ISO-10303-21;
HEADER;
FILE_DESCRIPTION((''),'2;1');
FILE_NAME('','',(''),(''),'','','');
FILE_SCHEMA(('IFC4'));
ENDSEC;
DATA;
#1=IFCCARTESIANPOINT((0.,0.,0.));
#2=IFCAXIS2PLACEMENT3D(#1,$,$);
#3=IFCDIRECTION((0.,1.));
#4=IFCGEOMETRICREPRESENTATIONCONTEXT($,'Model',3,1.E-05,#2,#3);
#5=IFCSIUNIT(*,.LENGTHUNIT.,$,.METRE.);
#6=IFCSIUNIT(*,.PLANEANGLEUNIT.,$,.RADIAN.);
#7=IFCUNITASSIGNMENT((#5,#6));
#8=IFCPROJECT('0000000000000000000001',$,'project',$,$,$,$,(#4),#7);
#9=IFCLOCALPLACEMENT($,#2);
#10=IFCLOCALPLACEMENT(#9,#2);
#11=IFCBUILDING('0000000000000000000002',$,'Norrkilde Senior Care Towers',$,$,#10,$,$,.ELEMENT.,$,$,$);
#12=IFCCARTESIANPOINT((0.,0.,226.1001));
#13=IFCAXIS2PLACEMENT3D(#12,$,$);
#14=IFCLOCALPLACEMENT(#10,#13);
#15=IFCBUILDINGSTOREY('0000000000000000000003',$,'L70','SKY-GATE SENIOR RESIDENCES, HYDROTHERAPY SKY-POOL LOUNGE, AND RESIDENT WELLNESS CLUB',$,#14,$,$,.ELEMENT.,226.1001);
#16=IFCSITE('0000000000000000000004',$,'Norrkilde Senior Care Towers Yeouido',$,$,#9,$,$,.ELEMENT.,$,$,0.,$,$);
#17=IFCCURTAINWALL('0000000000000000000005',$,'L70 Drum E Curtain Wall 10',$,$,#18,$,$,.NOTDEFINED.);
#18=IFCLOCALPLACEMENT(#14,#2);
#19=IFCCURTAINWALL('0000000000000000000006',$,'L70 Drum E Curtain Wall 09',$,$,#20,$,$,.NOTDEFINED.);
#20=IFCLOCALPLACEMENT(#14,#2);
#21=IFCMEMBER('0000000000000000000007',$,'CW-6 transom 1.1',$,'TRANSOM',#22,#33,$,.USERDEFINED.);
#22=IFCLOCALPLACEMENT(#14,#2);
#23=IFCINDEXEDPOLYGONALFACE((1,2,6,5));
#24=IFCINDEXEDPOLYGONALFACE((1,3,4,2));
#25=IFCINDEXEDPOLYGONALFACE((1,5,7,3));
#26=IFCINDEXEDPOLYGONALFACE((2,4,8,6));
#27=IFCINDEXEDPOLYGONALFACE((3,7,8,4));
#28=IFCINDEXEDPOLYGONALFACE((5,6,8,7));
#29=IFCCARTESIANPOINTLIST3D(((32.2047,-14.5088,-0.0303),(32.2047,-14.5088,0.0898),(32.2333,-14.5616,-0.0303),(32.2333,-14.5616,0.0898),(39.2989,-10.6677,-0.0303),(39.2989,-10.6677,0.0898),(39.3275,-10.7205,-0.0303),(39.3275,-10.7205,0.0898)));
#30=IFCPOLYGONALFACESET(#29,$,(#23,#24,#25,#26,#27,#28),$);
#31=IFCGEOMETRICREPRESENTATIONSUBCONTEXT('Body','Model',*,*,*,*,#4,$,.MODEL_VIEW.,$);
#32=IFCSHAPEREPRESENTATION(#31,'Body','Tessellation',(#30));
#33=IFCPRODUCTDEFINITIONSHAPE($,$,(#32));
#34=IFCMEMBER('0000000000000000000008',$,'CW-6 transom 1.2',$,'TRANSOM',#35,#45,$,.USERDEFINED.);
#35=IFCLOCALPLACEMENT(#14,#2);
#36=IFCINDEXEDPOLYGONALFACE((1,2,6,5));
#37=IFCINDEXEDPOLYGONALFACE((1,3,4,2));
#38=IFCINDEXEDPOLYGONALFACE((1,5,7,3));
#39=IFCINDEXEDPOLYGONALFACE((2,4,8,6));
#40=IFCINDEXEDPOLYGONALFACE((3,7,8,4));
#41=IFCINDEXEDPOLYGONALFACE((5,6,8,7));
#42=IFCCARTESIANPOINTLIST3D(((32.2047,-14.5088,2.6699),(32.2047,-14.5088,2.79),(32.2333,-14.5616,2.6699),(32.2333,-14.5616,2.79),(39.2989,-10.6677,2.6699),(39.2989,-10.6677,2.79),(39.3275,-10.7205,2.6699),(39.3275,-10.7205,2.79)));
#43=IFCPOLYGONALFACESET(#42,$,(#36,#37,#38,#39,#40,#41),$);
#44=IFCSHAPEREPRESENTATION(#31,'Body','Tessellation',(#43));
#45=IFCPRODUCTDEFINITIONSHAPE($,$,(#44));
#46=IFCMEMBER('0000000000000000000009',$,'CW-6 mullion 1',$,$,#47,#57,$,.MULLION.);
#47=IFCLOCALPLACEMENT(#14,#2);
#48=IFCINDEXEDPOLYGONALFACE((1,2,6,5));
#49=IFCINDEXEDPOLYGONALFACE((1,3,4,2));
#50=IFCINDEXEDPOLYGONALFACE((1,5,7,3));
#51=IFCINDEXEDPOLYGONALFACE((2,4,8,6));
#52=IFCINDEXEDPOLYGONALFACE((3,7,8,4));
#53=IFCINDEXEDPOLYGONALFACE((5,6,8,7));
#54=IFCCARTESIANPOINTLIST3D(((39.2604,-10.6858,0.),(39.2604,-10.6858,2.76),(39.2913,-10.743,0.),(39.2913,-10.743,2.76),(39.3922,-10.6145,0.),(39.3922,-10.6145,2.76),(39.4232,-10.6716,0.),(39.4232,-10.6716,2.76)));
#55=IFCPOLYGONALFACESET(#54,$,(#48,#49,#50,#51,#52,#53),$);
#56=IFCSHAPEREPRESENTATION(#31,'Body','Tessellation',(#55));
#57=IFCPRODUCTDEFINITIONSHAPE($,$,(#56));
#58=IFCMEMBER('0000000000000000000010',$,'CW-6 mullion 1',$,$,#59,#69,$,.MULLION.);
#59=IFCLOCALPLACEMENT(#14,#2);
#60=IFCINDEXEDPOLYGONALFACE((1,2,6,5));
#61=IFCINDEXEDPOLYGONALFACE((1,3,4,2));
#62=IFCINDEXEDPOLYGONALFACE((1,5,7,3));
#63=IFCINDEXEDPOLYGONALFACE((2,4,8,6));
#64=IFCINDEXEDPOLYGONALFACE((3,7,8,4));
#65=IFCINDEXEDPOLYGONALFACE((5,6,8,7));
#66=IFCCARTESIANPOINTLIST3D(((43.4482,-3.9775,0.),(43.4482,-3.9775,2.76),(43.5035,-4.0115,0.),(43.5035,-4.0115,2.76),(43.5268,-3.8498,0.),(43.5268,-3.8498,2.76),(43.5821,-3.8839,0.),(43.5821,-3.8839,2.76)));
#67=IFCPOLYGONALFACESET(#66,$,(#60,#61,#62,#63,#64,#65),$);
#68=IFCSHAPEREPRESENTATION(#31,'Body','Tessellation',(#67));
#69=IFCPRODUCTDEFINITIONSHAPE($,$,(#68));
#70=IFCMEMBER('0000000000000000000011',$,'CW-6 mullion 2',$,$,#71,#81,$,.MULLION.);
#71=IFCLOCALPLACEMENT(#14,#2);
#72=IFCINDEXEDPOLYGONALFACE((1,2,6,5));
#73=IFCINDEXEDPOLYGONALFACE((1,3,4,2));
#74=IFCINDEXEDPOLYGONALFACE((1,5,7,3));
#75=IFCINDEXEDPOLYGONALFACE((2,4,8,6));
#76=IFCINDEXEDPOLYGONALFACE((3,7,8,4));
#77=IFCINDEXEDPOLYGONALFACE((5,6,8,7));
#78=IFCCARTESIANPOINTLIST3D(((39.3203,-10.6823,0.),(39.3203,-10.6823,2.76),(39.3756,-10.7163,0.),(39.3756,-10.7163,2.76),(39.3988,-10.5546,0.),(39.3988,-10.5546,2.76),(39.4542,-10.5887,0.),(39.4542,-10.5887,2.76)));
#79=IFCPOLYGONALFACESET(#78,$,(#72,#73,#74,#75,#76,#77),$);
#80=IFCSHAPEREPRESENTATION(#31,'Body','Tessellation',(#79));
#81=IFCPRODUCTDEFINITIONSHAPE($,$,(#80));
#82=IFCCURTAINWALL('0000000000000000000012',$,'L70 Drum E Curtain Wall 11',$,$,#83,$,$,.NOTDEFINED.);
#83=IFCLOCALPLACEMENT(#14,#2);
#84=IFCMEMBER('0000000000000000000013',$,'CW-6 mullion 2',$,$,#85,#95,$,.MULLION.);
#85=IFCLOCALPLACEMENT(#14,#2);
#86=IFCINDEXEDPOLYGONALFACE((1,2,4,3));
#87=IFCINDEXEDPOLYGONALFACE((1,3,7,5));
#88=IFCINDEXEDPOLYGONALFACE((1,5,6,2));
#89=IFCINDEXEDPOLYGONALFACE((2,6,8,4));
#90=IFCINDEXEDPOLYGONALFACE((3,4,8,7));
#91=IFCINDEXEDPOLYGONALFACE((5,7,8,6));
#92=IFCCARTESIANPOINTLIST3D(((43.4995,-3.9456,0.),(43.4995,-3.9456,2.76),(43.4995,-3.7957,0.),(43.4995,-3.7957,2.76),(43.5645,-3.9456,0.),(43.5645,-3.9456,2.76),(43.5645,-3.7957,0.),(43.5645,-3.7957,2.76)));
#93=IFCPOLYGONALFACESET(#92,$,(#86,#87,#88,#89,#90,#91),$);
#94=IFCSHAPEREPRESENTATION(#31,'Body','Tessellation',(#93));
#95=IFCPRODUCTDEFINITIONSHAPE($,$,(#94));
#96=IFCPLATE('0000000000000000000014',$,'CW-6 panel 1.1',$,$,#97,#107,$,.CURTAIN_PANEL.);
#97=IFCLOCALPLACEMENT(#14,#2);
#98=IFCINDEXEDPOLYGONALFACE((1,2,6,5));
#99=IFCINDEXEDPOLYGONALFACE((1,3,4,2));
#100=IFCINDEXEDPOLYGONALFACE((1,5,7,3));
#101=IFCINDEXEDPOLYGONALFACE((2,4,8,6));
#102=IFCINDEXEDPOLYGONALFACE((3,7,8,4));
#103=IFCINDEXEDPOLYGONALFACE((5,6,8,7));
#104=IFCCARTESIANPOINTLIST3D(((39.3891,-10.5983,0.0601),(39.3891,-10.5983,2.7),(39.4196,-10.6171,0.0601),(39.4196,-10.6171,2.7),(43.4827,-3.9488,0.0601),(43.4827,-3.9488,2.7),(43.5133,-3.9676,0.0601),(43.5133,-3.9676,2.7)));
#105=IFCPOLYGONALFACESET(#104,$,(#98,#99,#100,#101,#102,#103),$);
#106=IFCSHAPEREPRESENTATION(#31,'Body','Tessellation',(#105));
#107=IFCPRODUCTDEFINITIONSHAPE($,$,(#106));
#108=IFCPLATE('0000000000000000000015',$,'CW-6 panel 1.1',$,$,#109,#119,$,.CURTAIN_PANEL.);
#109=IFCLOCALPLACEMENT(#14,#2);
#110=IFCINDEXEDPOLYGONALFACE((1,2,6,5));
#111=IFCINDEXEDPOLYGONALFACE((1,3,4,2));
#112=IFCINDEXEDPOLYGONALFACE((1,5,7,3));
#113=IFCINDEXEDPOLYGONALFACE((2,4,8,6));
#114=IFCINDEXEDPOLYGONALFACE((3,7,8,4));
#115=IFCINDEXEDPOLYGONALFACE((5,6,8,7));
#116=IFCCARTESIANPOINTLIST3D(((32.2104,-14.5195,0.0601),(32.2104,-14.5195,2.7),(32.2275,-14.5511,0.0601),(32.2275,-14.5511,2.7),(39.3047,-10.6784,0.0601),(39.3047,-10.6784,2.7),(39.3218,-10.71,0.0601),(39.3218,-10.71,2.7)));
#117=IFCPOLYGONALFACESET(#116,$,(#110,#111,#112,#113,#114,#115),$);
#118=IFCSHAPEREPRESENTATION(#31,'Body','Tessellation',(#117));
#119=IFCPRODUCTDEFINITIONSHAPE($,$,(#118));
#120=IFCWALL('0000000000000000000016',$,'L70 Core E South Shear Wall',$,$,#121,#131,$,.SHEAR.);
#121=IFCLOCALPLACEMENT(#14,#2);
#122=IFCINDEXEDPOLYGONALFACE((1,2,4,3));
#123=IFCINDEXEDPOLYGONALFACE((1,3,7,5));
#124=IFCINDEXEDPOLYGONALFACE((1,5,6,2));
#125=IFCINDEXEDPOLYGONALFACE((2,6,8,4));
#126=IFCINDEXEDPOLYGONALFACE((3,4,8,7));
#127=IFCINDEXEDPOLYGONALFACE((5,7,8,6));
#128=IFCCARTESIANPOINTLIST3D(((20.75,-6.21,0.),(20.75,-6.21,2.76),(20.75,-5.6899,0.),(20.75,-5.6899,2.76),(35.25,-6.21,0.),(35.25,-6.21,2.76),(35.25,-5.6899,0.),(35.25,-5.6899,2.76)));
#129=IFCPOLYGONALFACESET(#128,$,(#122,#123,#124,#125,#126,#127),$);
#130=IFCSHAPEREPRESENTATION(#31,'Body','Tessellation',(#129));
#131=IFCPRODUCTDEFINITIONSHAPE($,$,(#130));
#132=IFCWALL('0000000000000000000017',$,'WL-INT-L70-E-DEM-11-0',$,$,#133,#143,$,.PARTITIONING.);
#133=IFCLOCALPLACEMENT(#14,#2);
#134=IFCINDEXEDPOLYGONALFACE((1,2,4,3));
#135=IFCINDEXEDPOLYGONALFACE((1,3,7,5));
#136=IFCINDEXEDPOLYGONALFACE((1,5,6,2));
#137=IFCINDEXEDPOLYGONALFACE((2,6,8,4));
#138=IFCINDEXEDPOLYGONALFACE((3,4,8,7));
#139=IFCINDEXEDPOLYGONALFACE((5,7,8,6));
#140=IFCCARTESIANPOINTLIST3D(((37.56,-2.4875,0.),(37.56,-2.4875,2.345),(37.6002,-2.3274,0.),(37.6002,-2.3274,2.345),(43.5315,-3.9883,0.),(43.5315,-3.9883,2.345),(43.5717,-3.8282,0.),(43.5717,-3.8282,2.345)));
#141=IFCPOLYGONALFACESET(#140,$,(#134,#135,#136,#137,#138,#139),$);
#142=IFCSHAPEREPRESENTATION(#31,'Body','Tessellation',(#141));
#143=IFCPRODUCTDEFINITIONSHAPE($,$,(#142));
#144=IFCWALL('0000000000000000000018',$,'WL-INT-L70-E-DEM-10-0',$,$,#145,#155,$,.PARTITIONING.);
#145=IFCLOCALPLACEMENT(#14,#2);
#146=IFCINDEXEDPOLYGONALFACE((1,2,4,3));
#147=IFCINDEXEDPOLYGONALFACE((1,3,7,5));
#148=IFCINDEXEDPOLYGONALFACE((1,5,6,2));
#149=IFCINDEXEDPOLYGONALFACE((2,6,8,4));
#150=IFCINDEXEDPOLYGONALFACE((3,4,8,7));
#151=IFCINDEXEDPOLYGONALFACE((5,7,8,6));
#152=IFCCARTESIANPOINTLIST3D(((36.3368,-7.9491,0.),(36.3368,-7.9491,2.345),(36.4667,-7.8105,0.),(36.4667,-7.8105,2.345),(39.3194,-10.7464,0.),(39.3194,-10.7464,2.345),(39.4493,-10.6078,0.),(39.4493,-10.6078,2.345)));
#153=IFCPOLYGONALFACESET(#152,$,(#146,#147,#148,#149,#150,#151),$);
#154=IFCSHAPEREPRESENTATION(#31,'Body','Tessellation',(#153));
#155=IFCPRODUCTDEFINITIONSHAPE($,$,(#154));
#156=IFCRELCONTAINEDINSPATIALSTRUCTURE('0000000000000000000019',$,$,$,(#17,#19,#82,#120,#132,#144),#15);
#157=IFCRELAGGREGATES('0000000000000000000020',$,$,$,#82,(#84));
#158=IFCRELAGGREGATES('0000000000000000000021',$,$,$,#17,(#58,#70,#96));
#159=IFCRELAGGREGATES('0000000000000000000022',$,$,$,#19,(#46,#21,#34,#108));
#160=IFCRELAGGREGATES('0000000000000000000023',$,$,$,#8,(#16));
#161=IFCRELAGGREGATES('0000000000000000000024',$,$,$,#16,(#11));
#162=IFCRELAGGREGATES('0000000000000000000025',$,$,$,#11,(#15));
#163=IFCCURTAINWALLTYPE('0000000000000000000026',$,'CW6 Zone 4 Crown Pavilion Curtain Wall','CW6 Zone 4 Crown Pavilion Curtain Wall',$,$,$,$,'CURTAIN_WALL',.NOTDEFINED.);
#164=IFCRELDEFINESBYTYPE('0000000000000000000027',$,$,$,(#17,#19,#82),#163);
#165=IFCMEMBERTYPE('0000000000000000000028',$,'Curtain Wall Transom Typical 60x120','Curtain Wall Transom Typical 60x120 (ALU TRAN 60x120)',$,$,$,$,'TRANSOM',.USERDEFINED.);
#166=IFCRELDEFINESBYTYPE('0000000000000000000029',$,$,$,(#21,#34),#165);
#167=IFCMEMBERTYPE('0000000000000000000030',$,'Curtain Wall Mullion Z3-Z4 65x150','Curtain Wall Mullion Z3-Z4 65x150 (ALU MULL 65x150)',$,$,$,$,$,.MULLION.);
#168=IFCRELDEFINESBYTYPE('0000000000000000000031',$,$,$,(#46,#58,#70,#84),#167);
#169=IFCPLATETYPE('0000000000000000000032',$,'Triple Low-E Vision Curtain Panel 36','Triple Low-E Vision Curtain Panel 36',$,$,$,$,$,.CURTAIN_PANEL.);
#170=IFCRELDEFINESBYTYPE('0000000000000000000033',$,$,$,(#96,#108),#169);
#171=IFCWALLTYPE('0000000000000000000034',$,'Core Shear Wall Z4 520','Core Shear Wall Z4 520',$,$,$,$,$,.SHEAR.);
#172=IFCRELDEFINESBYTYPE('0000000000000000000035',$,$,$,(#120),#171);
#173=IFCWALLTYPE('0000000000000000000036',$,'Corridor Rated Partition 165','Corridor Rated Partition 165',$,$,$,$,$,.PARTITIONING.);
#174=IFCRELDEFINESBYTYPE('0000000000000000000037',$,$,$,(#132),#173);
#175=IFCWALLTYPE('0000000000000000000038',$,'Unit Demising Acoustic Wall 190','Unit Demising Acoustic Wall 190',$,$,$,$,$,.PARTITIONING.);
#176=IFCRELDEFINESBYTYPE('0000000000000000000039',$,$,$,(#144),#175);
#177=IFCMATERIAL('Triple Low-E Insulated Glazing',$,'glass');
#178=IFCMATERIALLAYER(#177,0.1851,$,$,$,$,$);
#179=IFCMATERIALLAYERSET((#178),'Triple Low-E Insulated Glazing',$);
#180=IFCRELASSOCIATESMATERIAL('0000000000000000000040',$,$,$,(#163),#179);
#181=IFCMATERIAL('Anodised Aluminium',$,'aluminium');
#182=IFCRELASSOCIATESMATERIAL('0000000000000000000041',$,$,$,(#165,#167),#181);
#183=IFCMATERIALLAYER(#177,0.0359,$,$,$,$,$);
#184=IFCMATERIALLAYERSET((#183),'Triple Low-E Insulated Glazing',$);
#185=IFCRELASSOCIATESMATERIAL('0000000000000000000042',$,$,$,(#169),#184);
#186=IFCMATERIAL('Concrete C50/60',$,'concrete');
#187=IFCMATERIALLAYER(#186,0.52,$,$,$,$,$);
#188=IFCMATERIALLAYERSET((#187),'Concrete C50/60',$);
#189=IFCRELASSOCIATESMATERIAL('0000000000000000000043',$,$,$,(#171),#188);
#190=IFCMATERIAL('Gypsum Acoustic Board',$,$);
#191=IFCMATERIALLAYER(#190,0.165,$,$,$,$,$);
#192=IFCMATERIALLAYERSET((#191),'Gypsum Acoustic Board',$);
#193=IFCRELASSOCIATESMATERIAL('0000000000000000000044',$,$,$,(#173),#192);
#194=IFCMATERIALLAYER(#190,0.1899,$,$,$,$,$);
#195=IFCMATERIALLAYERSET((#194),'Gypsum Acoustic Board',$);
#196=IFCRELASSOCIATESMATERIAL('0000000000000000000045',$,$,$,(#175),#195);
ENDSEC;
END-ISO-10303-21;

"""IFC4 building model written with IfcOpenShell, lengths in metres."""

from ifc_helpers import new_model, si_unit, direction, frame, frame_2d, origin, origin_2d, place, context, subcontext, project, spatial, rectangle, extrude, source, transform, mapped, material, layer, layer_set, material_profile, profile_set, type_object, type_shapes, element, aggregate, save


model = new_model("IFC4")

# Units and contexts
model_context = context("Model", 3, precision=1e-05, world=origin(), true_north=direction((0.0, 1.0)))
body_context = subcontext(model_context, "Body", "Model", "MODEL_VIEW")
ifc_project = project(units=[si_unit("LENGTHUNIT", "METRE"), si_unit("PLANEANGLEUNIT", "RADIAN")], contexts=[model_context])

# Site, building, storey
site_placement = place(None, origin())
site = spatial("IfcSite", under=ifc_project, at=site_placement, Name="Norrkilde Senior Care Towers Yeouido", CompositionType="ELEMENT", RefElevation=0.0)
building_placement = place(site_placement, origin())
building = spatial("IfcBuilding", under=site, at=building_placement, Name="Norrkilde Senior Care Towers", CompositionType="ELEMENT")
storey_placement = place(building_placement, frame((0.0, 0.0, 226.1001)))
storey = spatial("IfcBuildingStorey", under=building, at=storey_placement, Name="L70", Description="SKY-GATE SENIOR RESIDENCES, HYDROTHERAPY SKY-POOL LOUNGE, AND RESIDENT WELLNESS CLUB", CompositionType="ELEMENT", Elevation=226.1001)

# Shared definitions
ifc_material_1 = material(Name="Concrete C50/60", Category="concrete")

# Curtain walls, members
ifc_material_2 = material(Name="Triple Low-E Insulated Glazing", Category="glass")
ifc_layer_1 = layer(ifc_material_2, 0.1851)
ifc_layer_set_1 = layer_set([ifc_layer_1], Name="Triple Low-E Insulated Glazing")
curtain_wall_type = type_object("IfcCurtainWallType", Name="CW6 Zone 4 Crown Pavilion Curtain Wall", Description="CW6 Zone 4 Crown Pavilion Curtain Wall", ElementType="CURTAIN_WALL", PredefinedType="NOTDEFINED", material=ifc_layer_set_1)
curtain_wall_1_placement = place(storey_placement, origin())
curtain_wall_1 = element("IfcCurtainWall", 1, at=curtain_wall_1_placement, inside=storey, type_object=curtain_wall_type, Name="L70 Drum E Curtain Wall 10", PredefinedType="NOTDEFINED")
ifc_material_3 = material(Name="Anodised Aluminium", Category="aluminium")
ifc_material_profile_1 = material_profile(ifc_material_3, rectangle(XDim=0.0601, YDim=0.1201, at=origin_2d()), Name="ALU TRAN 60x120")
ifc_profile_set_1 = profile_set([ifc_material_profile_1], Name="Anodised Aluminium")
member_type_1 = type_object("IfcMemberType", Name="Curtain Wall Transom Typical 60x120", Description="Curtain Wall Transom Typical 60x120 (ALU TRAN 60x120)", ElementType="TRANSOM", PredefinedType="USERDEFINED", material=ifc_profile_set_1)
curtain_wall_2_placement = place(storey_placement, origin())
curtain_wall_2 = element("IfcCurtainWall", 2, at=curtain_wall_2_placement, inside=storey, type_object=curtain_wall_type, Name="L70 Drum E Curtain Wall 09", PredefinedType="NOTDEFINED")
shared_shape_1 = source(origin(), body_context, "Body", "SweptSolid", [
    extrude(rectangle(XDim=0.0601, YDim=0.1201, at=origin_2d()), origin(), (0.0, 0.0, 1.0), 8.0674),
])
member_1_placement = place(storey_placement, frame((39.3132, -10.6941, 0.0298), z_axis=(-0.879378, -0.476125, 0.0), x_axis=(0.476125, -0.879378, 0.0)))
member_1 = element("IfcMember", 3, at=member_1_placement, type_object=member_type_1, Name="CW-6 transom 1.1", ObjectType="TRANSOM", PredefinedType="USERDEFINED", context=body_context, shape_type="MappedRepresentation", body=[
    mapped(shared_shape_1, transform((0.0, 0.0, 0.0), x_axis=(1.0, 0.0, 0.0), y_axis=(0.0, 1.0, 0.0), z_axis=(0.0, 0.0, 1.0), scale=1.0)),
])
member_2_placement = place(storey_placement, frame((39.3132, -10.6941, 2.73), z_axis=(-0.879378, -0.476125, 0.0), x_axis=(0.476125, -0.879378, 0.0)))
member_2 = element("IfcMember", 4, at=member_2_placement, type_object=member_type_1, Name="CW-6 transom 1.2", ObjectType="TRANSOM", PredefinedType="USERDEFINED", context=body_context, shape_type="MappedRepresentation", body=[
    mapped(shared_shape_1, transform((0.0, 0.0, 0.0), x_axis=(1.0, 0.0, 0.0), y_axis=(0.0, 1.0, 0.0), z_axis=(0.0, 0.0, 1.0), scale=1.0)),
])
ifc_material_profile_2 = material_profile(ifc_material_3, rectangle(XDim=0.0649, YDim=0.1499, at=origin_2d()), Name="ALU MULL 65x150")
ifc_profile_set_2 = profile_set([ifc_material_profile_2], Name="Anodised Aluminium")
member_type_2 = type_object("IfcMemberType", Name="Curtain Wall Mullion Z3-Z4 65x150", Description="Curtain Wall Mullion Z3-Z4 65x150 (ALU MULL 65x150)", PredefinedType="MULLION", material=ifc_profile_set_2)
shared_shape_2 = source(origin(), body_context, "Body", "SweptSolid", [
    extrude(rectangle(XDim=0.0649, YDim=0.1499, at=origin_2d()), origin(), (0.0, 0.0, 1.0), 2.76),
])
type_shapes(member_type_2, [shared_shape_2])
member_3_placement = place(storey_placement, frame((39.3418, -10.6787, 0.0), z_axis=(0.0, 0.0, 1.0), x_axis=(0.476133, -0.879373, 0.0)))
member_3 = element("IfcMember", 5, at=member_3_placement, type_object=member_type_2, Name="CW-6 mullion 1", PredefinedType="MULLION", context=body_context, shape_type="MappedRepresentation", body=[
    mapped(shared_shape_2, transform((0.0, 0.0, 0.0), x_axis=(1.0, 0.0, 0.0), y_axis=(0.0, 1.0, 0.0), z_axis=(0.0, 0.0, 1.0), scale=1.0)),
])

# Members
member_4_placement = place(storey_placement, frame((43.5151, -3.9307, 0.0), z_axis=(0.0, 0.0, 1.0), x_axis=(0.851563, -0.524253, 0.0)))
member_4 = element("IfcMember", 6, at=member_4_placement, type_object=member_type_2, Name="CW-6 mullion 1", PredefinedType="MULLION", context=body_context, shape_type="MappedRepresentation", body=[
    mapped(shared_shape_2, transform((0.0, 0.0, 0.0), x_axis=(1.0, 0.0, 0.0), y_axis=(0.0, 1.0, 0.0), z_axis=(0.0, 0.0, 1.0), scale=1.0)),
])
member_5_placement = place(storey_placement, frame((39.3872, -10.6355, 0.0), z_axis=(0.0, 0.0, 1.0), x_axis=(0.851563, -0.524253, 0.0)))
member_5 = element("IfcMember", 7, at=member_5_placement, type_object=member_type_2, Name="CW-6 mullion 2", PredefinedType="MULLION", context=body_context, shape_type="MappedRepresentation", body=[
    mapped(shared_shape_2, transform((0.0, 0.0, 0.0), x_axis=(1.0, 0.0, 0.0), y_axis=(0.0, 1.0, 0.0), z_axis=(0.0, 0.0, 1.0), scale=1.0)),
])

# Curtain wall, member
curtain_wall_3_placement = place(storey_placement, origin())
curtain_wall_3 = element("IfcCurtainWall", 8, at=curtain_wall_3_placement, inside=storey, type_object=curtain_wall_type, Name="L70 Drum E Curtain Wall 11", PredefinedType="NOTDEFINED")
member_6_placement = place(storey_placement, frame((43.532, -3.8706, 0.0), z_axis=(0.0, 0.0, 1.0), x_axis=(1.0, 0.0, 0.0)))
member_6 = element("IfcMember", 9, at=member_6_placement, type_object=member_type_2, Name="CW-6 mullion 2", PredefinedType="MULLION", context=body_context, shape_type="MappedRepresentation", body=[
    mapped(shared_shape_2, transform((0.0, 0.0, 0.0), x_axis=(1.0, 0.0, 0.0), y_axis=(0.0, 1.0, 0.0), z_axis=(0.0, 0.0, 1.0), scale=1.0)),
])
aggregate(curtain_wall_3, [member_6])

# Plates
ifc_layer_2 = layer(ifc_material_2, 0.0359)
ifc_layer_set_2 = layer_set([ifc_layer_2], Name="Triple Low-E Insulated Glazing")
plate_type = type_object("IfcPlateType", Name="Triple Low-E Vision Curtain Panel 36", Description="Triple Low-E Vision Curtain Panel 36", PredefinedType="CURTAIN_PANEL", material=ifc_layer_set_2)
shared_shape_3 = source(origin(), body_context, "Body", "SweptSolid", [
    extrude(rectangle(XDim=7.8086, YDim=0.0359, at=origin_2d()), origin(), (0.0, 0.0, 1.0), 2.6399),
])
plate_1_placement = place(storey_placement, frame((41.4512, -7.283, 0.0601), z_axis=(0.0, 0.0, 1.0), x_axis=(-0.524253, -0.851563, 0.0)))
plate_1 = element("IfcPlate", 10, at=plate_1_placement, type_object=plate_type, Name="CW-6 panel 1.1", PredefinedType="CURTAIN_PANEL", context=body_context, shape_type="MappedRepresentation", body=[
    mapped(shared_shape_3, transform((0.0, 0.0, 0.0), x_axis=(1.0, 0.0, 0.0), y_axis=(0.0, 1.0, 0.0), z_axis=(0.0, 0.0, 1.0), scale=1.0)),
])
aggregate(curtain_wall_1, [member_4, member_5, plate_1])
shared_shape_4 = source(origin(), body_context, "Body", "SweptSolid", [
    extrude(rectangle(XDim=8.0674, YDim=0.0359, at=origin_2d()), origin(), (0.0, 0.0, 1.0), 2.6399),
])
type_shapes(plate_type, [shared_shape_3, shared_shape_4])
plate_2_placement = place(storey_placement, frame((35.7661, -12.6147, 0.0601), z_axis=(0.0, 0.0, 1.0), x_axis=(-0.879373, -0.476133, 0.0)))
plate_2 = element("IfcPlate", 11, at=plate_2_placement, type_object=plate_type, Name="CW-6 panel 1.1", PredefinedType="CURTAIN_PANEL", context=body_context, shape_type="MappedRepresentation", body=[
    mapped(shared_shape_4, transform((0.0, 0.0, 0.0), x_axis=(1.0, 0.0, 0.0), y_axis=(0.0, 1.0, 0.0), z_axis=(0.0, 0.0, 1.0), scale=1.0)),
])
aggregate(curtain_wall_2, [member_3, member_1, member_2, plate_2])

# Walls
ifc_layer_3 = layer(ifc_material_1, 0.52)
ifc_layer_set_3 = layer_set([ifc_layer_3], Name="Concrete C50/60")
wall_type_1 = type_object("IfcWallType", Name="Core Shear Wall Z4 520", Description="Core Shear Wall Z4 520", PredefinedType="SHEAR", material=ifc_layer_set_3)
shared_shape_5 = source(origin(), body_context, "Body", "SweptSolid", [
    extrude(rectangle(XDim=14.5, YDim=0.52, at=frame_2d((7.25, 0.0))), origin(), (0.0, 0.0, 1.0), 2.76),
])
type_shapes(wall_type_1, [shared_shape_5])
wall_1_placement = place(storey_placement, frame((35.25, -5.95, 0.0), z_axis=(0.0, 0.0, 1.0), x_axis=(-1.0, 0.0, 0.0)))
element("IfcWall", 12, at=wall_1_placement, inside=storey, type_object=wall_type_1, Name="L70 Core E South Shear Wall", PredefinedType="SHEAR", context=body_context, shape_type="MappedRepresentation", body=[
    mapped(shared_shape_5, transform((0.0, 0.0, 0.0), x_axis=(1.0, 0.0, 0.0), y_axis=(0.0, 1.0, 0.0), z_axis=(0.0, 0.0, 1.0), scale=1.0)),
])
ifc_material_4 = material(Name="Gypsum Acoustic Board")
ifc_layer_4 = layer(ifc_material_4, 0.165)
ifc_layer_set_4 = layer_set([ifc_layer_4], Name="Gypsum Acoustic Board")
wall_type_2 = type_object("IfcWallType", Name="Corridor Rated Partition 165", Description="Corridor Rated Partition 165", PredefinedType="PARTITIONING", material=ifc_layer_set_4)
shared_shape_6 = source(origin(), body_context, "Body", "SweptSolid", [
    extrude(rectangle(XDim=6.1572, YDim=0.165, at=frame_2d((3.0786, 0.0))), origin(), (0.0, 0.0, 1.0), 2.345),
])
wall_2_placement = place(storey_placement, frame((37.5801, -2.4075, 0.0), z_axis=(0.0, 0.0, 1.0), x_axis=(0.969841, -0.243739, 0.0)))
element("IfcWall", 13, at=wall_2_placement, inside=storey, type_object=wall_type_2, Name="WL-INT-L70-E-DEM-11-0", PredefinedType="PARTITIONING", context=body_context, shape_type="MappedRepresentation", body=[
    mapped(shared_shape_6, transform((0.0, 0.0, 0.0), x_axis=(1.0, 0.0, 0.0), y_axis=(0.0, 1.0, 0.0), z_axis=(0.0, 0.0, 1.0), scale=1.0)),
])
ifc_layer_5 = layer(ifc_material_4, 0.1899)
ifc_layer_set_5 = layer_set([ifc_layer_5], Name="Gypsum Acoustic Board")
wall_type_3 = type_object("IfcWallType", Name="Unit Demising Acoustic Wall 190", Description="Unit Demising Acoustic Wall 190", PredefinedType="PARTITIONING", material=ifc_layer_set_5)
shared_shape_7 = source(origin(), body_context, "Body", "SweptSolid", [
    extrude(rectangle(XDim=4.0891, YDim=0.1899, at=frame_2d((2.0444, 0.0))), origin(), (0.0, 0.0, 1.0), 2.345),
])
type_shapes(wall_type_3, [shared_shape_7])
wall_3_placement = place(storey_placement, frame((36.4019, -7.8799, 0.0), z_axis=(0.0, 0.0, 1.0), x_axis=(0.729401, -0.684086, 0.0)))
element("IfcWall", 14, at=wall_3_placement, inside=storey, type_object=wall_type_3, Name="WL-INT-L70-E-DEM-10-0", PredefinedType="PARTITIONING", context=body_context, shape_type="MappedRepresentation", body=[
    mapped(shared_shape_7, transform((0.0, 0.0, 0.0), x_axis=(1.0, 0.0, 0.0), y_axis=(0.0, 1.0, 0.0), z_axis=(0.0, 0.0, 1.0), scale=1.0)),
])

save(model, "model.ifc")
